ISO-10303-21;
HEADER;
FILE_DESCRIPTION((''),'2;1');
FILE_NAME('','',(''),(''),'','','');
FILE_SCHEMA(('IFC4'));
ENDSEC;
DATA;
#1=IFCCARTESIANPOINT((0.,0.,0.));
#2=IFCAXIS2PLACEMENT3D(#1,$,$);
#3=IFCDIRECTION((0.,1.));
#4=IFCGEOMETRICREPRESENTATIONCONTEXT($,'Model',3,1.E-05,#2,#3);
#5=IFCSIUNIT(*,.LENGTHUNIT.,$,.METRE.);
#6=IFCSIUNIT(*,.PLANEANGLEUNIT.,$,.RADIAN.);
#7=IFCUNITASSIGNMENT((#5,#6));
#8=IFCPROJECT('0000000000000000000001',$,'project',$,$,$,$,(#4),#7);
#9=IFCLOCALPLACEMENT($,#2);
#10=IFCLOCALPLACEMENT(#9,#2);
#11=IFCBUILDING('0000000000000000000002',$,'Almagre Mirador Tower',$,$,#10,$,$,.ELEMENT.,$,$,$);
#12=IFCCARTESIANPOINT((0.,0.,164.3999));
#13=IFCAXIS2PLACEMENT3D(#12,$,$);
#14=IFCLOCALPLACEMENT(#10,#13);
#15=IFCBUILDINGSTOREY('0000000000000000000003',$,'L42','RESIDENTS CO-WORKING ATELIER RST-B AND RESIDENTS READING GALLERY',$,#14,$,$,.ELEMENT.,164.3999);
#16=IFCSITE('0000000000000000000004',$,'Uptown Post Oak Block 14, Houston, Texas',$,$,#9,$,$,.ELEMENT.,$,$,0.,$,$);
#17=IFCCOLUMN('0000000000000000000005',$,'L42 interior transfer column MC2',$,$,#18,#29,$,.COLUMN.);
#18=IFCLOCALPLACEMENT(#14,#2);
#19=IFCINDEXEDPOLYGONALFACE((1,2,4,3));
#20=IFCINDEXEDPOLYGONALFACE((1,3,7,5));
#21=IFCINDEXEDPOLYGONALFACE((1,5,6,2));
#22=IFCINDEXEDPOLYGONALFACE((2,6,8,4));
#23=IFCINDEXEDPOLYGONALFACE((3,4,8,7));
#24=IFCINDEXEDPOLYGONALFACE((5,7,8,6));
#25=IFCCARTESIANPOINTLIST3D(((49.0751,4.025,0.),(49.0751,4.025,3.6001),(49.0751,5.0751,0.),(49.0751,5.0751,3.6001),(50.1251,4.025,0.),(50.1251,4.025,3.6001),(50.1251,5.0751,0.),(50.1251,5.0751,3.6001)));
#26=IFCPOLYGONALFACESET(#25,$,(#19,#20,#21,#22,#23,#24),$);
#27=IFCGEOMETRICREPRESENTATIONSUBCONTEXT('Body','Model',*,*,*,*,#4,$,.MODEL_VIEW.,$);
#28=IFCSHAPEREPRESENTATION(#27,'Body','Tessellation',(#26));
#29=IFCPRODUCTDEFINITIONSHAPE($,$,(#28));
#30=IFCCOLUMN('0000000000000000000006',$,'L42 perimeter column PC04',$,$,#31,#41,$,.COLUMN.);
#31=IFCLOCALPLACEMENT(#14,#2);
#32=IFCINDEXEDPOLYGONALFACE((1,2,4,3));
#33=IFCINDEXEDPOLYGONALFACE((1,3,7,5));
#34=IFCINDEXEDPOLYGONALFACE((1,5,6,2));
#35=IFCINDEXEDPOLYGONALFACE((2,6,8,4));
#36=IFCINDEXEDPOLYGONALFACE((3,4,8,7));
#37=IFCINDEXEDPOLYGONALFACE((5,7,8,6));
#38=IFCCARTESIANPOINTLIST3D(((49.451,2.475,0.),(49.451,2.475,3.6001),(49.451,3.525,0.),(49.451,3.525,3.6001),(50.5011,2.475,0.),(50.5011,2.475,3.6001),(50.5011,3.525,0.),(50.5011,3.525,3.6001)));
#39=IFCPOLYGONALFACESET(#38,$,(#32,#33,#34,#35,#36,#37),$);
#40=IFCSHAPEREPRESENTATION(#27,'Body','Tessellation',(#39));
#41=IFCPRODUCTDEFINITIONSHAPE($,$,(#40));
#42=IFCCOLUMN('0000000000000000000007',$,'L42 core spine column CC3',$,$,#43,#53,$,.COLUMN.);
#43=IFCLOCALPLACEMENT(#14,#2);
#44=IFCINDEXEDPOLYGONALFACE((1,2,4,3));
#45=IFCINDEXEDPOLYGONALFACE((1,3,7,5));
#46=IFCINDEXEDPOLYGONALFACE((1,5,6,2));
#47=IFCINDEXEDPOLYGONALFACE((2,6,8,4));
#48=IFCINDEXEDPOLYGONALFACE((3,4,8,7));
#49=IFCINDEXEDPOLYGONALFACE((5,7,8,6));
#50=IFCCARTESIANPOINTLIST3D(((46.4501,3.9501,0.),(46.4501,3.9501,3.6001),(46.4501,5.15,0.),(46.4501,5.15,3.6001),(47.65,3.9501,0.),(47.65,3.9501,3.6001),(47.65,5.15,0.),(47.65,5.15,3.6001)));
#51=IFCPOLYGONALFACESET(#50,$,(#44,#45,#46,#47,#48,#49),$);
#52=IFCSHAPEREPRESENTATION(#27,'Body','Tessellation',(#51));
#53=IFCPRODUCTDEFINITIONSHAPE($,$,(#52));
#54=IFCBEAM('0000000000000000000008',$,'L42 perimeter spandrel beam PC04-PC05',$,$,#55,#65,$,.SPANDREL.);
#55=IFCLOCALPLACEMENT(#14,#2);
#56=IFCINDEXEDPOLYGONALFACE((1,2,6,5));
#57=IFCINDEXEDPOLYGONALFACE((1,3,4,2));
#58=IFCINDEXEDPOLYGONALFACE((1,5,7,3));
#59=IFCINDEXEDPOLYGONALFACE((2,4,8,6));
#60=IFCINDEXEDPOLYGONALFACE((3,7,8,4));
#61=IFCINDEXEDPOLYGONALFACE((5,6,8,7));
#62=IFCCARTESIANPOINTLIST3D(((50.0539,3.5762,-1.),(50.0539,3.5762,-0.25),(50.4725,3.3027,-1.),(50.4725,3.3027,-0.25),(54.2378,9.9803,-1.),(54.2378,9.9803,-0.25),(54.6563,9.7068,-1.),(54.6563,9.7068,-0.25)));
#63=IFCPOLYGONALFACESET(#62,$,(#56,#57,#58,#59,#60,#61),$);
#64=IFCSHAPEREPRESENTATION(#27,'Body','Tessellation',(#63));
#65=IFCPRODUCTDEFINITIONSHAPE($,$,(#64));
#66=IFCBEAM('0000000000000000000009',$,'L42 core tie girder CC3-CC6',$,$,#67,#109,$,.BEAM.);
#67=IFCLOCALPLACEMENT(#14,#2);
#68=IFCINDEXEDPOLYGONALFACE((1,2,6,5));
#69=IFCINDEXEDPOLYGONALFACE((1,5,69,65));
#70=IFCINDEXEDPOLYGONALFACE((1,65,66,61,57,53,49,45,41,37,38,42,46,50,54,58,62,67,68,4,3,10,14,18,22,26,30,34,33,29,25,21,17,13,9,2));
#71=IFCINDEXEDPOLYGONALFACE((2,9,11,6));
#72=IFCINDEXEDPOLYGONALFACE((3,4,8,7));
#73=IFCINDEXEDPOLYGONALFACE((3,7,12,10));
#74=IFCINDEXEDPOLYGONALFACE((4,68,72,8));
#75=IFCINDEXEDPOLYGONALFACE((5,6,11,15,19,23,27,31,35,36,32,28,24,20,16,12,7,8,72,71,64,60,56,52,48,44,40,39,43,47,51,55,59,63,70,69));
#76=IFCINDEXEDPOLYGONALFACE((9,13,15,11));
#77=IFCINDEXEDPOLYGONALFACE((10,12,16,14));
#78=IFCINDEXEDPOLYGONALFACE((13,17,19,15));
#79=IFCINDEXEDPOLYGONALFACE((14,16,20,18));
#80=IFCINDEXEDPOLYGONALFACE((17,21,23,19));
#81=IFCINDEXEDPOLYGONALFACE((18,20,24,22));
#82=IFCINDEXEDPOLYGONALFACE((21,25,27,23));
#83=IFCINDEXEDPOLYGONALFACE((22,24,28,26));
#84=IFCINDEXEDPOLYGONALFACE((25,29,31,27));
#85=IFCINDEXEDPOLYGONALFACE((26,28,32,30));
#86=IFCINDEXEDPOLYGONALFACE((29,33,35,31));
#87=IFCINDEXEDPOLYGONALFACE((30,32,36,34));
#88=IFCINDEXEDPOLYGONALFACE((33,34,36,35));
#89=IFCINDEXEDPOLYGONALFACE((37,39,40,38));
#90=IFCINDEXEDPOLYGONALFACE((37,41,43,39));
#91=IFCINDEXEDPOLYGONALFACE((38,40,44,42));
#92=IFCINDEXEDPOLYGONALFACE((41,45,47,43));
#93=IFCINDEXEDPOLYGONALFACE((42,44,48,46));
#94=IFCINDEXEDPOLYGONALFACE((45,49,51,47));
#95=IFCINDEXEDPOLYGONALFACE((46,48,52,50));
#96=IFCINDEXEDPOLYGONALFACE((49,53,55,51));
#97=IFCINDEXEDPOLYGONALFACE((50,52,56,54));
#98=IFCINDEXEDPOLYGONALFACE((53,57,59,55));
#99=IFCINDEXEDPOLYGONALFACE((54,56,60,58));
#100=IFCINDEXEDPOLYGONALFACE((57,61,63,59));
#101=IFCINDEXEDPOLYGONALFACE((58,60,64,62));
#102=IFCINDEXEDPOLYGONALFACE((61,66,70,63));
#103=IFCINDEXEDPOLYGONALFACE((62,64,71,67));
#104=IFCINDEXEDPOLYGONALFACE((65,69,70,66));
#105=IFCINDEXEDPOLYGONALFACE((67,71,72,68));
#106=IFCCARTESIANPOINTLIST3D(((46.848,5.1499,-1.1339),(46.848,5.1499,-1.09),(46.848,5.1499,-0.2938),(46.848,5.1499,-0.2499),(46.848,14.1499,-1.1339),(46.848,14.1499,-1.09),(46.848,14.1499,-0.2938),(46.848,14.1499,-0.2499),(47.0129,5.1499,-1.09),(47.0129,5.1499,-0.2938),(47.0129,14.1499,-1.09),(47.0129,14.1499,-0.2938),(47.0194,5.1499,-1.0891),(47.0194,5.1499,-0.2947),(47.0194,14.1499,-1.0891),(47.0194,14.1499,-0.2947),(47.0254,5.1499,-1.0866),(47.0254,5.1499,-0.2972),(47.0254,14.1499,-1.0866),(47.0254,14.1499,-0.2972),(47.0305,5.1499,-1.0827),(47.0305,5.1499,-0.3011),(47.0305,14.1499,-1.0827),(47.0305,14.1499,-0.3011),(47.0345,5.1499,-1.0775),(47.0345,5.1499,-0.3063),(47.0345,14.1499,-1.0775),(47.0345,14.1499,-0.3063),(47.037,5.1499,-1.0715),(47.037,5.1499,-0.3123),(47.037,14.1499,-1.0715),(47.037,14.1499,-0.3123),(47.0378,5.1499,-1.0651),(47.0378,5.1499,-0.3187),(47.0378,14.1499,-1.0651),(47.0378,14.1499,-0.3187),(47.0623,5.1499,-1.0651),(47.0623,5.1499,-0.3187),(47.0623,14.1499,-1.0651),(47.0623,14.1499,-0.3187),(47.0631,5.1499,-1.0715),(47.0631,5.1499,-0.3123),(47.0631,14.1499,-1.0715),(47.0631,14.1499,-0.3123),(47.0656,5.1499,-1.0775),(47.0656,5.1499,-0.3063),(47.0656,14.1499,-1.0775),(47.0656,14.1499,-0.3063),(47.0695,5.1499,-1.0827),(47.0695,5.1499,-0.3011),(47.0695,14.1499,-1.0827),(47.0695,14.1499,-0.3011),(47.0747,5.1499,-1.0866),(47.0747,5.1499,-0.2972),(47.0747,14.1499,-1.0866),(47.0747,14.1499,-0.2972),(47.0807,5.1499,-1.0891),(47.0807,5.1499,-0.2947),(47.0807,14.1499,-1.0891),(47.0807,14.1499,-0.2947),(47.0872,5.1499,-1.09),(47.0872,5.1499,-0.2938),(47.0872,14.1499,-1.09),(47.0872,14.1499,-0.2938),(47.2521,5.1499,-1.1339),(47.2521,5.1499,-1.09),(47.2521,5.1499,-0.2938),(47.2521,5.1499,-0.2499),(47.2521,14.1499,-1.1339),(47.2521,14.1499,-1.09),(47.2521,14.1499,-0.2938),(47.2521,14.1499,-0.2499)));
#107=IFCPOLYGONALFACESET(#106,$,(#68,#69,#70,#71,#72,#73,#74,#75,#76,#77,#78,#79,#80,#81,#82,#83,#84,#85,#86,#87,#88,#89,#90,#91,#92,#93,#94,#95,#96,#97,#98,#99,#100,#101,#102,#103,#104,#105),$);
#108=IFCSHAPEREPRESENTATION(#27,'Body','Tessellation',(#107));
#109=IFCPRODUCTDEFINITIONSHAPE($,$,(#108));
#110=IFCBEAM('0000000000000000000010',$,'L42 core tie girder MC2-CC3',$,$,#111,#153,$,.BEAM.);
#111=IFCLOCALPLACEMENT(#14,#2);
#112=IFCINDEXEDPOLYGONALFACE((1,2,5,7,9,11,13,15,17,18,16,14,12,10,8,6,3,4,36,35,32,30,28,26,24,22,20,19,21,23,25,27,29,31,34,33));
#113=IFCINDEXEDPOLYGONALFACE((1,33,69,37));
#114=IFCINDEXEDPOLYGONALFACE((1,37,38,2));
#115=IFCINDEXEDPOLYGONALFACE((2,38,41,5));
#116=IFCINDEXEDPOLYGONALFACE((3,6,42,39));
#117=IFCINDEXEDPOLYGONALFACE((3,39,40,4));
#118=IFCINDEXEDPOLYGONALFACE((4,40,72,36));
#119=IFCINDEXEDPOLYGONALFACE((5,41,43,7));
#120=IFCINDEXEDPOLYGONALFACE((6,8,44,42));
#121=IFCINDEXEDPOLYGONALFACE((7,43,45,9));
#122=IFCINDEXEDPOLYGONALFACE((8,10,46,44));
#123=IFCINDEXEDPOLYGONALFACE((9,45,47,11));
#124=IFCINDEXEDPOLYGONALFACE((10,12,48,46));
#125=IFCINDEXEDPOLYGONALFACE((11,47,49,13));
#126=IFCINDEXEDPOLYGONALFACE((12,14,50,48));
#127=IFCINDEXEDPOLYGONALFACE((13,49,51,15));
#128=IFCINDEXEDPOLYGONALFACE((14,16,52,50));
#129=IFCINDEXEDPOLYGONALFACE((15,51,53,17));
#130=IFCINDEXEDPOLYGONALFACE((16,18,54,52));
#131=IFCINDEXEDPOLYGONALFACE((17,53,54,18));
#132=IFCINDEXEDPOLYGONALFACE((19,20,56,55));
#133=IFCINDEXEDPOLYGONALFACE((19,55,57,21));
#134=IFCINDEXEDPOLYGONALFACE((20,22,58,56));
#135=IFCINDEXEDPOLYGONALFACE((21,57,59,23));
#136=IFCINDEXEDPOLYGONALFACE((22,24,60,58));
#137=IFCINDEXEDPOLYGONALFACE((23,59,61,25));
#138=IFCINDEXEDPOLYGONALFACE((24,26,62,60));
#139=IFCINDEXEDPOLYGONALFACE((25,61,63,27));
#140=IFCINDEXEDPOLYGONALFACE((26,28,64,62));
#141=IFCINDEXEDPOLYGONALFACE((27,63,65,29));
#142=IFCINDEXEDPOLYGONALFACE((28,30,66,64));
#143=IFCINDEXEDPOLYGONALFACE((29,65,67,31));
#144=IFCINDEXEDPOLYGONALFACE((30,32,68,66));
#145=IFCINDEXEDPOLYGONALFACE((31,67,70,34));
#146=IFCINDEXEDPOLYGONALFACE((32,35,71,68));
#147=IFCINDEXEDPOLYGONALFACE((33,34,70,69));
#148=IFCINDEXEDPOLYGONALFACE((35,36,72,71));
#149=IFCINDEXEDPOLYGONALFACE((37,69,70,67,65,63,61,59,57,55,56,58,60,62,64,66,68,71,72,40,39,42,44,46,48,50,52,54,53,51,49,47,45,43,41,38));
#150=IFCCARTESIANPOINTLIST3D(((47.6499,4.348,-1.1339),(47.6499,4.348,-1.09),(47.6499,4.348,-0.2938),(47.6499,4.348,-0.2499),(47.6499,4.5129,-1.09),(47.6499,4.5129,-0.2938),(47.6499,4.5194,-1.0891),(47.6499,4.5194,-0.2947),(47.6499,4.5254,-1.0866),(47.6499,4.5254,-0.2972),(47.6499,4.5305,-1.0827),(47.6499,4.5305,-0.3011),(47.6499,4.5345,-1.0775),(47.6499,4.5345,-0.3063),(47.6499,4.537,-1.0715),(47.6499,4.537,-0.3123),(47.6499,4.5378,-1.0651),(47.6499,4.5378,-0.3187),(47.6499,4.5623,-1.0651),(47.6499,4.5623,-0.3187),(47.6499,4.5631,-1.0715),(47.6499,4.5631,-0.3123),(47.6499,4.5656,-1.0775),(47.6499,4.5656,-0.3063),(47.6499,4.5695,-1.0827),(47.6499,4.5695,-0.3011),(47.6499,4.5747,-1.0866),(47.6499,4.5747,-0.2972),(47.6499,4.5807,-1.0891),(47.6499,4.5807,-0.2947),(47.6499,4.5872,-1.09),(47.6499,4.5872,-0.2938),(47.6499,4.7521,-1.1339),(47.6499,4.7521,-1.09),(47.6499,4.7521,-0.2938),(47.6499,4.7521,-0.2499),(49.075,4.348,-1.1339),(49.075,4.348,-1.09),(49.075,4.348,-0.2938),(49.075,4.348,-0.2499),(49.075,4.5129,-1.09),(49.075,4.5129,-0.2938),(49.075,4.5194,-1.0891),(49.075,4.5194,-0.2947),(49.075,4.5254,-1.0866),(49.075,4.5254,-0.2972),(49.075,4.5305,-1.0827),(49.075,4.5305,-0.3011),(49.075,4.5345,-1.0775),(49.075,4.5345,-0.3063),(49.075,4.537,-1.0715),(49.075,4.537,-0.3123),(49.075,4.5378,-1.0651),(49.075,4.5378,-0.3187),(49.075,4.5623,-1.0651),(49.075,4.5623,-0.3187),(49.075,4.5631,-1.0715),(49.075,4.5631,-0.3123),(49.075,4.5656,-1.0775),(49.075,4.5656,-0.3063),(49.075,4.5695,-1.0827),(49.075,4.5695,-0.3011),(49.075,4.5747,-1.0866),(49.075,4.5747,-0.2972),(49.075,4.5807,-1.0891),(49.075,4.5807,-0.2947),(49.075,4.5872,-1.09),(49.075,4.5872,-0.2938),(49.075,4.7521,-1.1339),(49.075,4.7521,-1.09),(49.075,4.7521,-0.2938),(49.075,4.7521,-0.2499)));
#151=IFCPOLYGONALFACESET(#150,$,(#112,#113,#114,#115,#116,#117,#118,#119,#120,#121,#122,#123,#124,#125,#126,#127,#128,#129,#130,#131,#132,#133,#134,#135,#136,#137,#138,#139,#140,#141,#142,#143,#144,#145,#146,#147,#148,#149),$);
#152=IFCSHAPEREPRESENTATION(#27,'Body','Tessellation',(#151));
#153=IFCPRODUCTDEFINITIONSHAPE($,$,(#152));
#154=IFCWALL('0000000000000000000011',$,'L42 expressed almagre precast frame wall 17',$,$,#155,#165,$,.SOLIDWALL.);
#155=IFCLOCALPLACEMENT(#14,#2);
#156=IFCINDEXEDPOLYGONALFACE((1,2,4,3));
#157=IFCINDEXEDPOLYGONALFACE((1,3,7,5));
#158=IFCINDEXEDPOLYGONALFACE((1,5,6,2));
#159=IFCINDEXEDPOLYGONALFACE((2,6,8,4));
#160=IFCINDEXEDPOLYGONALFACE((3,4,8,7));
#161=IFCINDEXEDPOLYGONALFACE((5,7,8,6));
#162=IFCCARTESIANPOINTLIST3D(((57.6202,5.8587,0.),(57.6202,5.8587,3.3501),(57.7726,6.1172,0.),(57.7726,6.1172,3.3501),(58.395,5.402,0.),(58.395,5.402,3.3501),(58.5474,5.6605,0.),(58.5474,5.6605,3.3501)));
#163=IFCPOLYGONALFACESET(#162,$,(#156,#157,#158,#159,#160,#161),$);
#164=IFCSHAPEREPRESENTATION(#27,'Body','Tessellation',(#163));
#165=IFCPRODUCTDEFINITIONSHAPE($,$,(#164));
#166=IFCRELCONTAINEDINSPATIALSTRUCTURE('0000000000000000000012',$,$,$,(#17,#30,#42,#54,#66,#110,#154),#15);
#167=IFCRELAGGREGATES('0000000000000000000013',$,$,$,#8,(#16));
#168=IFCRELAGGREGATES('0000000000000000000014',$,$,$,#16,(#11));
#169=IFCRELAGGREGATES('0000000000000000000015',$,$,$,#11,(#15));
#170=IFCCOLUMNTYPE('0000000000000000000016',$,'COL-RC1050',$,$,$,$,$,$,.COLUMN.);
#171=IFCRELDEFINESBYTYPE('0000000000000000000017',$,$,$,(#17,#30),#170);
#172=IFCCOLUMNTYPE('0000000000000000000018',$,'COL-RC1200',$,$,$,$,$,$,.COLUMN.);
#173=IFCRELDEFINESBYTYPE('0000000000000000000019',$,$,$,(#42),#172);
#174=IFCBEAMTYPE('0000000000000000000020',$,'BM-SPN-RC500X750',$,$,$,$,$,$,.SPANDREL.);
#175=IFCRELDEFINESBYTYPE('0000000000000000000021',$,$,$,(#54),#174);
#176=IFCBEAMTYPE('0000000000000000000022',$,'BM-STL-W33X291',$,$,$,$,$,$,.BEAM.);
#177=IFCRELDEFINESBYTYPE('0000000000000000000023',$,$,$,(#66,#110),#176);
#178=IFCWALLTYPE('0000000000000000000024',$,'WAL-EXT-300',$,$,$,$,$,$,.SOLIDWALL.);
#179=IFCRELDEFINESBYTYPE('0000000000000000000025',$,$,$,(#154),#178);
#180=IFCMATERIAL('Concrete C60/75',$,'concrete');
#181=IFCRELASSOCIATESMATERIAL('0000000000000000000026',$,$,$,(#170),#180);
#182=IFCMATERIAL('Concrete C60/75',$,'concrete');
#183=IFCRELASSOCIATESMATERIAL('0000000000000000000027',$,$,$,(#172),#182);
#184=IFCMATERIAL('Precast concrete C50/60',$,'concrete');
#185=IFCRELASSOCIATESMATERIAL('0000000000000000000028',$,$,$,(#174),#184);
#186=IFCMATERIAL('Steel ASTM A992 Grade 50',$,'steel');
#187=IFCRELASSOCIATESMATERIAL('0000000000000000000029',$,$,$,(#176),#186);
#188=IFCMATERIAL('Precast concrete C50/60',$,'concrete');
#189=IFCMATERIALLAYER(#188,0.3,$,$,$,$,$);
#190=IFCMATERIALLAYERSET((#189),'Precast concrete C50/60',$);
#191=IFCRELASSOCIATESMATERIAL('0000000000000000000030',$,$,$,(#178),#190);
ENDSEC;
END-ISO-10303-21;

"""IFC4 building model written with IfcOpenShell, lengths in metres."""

from ifc_helpers import new_model, si_unit, direction, frame, frame_2d, origin, origin_2d, place, context, subcontext, project, spatial, rectangle, i_section, extrude, material, layer, layer_set, material_profile, profile_set, type_object, element, save


model = new_model("IFC4")

# Units and contexts
model_context = context("Model", 3, precision=1e-05, world=origin(), true_north=direction((0.0, 1.0)))
body_context = subcontext(model_context, "Body", "Model", "MODEL_VIEW")
ifc_project = project(units=[si_unit("LENGTHUNIT", "METRE"), si_unit("PLANEANGLEUNIT", "RADIAN")], contexts=[model_context])

# Site, building, storey
site_placement = place(None, origin())
site = spatial("IfcSite", under=ifc_project, at=site_placement, Name="Uptown Post Oak Block 14, Houston, Texas", CompositionType="ELEMENT", RefElevation=0.0)
building_placement = place(site_placement, origin())
building = spatial("IfcBuilding", under=site, at=building_placement, Name="Almagre Mirador Tower", CompositionType="ELEMENT")
storey_placement = place(building_placement, frame((0.0, 0.0, 164.3999)))
storey = spatial("IfcBuildingStorey", under=building, at=storey_placement, Name="L42", Description="RESIDENTS CO-WORKING ATELIER RST-B AND RESIDENTS READING GALLERY", CompositionType="ELEMENT", Elevation=164.3999)

# Columns
ifc_material_1 = material(Name="Concrete C60/75", Category="concrete")
ifc_material_profile_1 = material_profile(ifc_material_1, rectangle(XDim=1.05, YDim=1.05, at=origin_2d()), Name="RC1050X1050")
ifc_profile_set_1 = profile_set([ifc_material_profile_1], Name="Concrete C60/75")
column_type_1 = type_object("IfcColumnType", Name="COL-RC1050", PredefinedType="COLUMN", material=ifc_profile_set_1)
for number, where, z_axis, x_axis, name in (
    (1, (49.6001, 4.55, 0.0), (0.0, 0.0, 1.0), (1.0, 0.0, 0.0), "L42 interior transfer column MC2"),
    (2, (49.9761, 3.0, 0.0), (0.0, 0.0, 1.0), (1.0, 0.0, 0.0), "L42 perimeter column PC04"),
):
    element("IfcColumn", number, at=place(storey_placement, frame(where, z_axis=z_axis, x_axis=x_axis)), inside=storey, type_object=column_type_1, Name=name, PredefinedType="COLUMN", context=body_context, shape_type="SweptSolid", body=[
        extrude(rectangle(XDim=1.05, YDim=1.05, at=origin_2d()), origin(), (0.0, 0.0, 1.0), 3.6001),
    ])
ifc_material_2 = material(Name="Concrete C60/75", Category="concrete")
ifc_material_profile_2 = material_profile(ifc_material_2, rectangle(XDim=1.2, YDim=1.2, at=origin_2d()), Name="RC1200X1200")
ifc_profile_set_2 = profile_set([ifc_material_profile_2], Name="Concrete C60/75")
column_type_2 = type_object("IfcColumnType", Name="COL-RC1200", PredefinedType="COLUMN", material=ifc_profile_set_2)
column_placement = place(storey_placement, frame((47.05, 4.55, 0.0), z_axis=(0.0, 0.0, 1.0), x_axis=(1.0, 0.0, 0.0)))
element("IfcColumn", 3, at=column_placement, inside=storey, type_object=column_type_2, Name="L42 core spine column CC3", PredefinedType="COLUMN", context=body_context, shape_type="SweptSolid", body=[
    extrude(rectangle(XDim=1.2, YDim=1.2, at=origin_2d()), origin(), (0.0, 0.0, 1.0), 3.6001),
])

# Beams
ifc_material_3 = material(Name="Precast concrete C50/60", Category="concrete")
ifc_material_profile_3 = material_profile(ifc_material_3, rectangle(XDim=0.5, YDim=0.75, at=origin_2d()), Name="RC500X750")
ifc_profile_set_3 = profile_set([ifc_material_profile_3], Name="Precast concrete C50/60")
beam_type_1 = type_object("IfcBeamType", Name="BM-SPN-RC500X750", PredefinedType="SPANDREL", material=ifc_profile_set_3)
beam_1_placement = place(storey_placement, frame((50.2632, 3.4395, -0.625), z_axis=(0.546935, 0.837175, 0.0), x_axis=(-0.837175, 0.546935, 0.0)))
element("IfcBeam", 4, at=beam_1_placement, inside=storey, type_object=beam_type_1, Name="L42 perimeter spandrel beam PC04-PC05", PredefinedType="SPANDREL", context=body_context, shape_type="SweptSolid", body=[
    extrude(rectangle(XDim=0.5, YDim=0.75, at=origin_2d()), origin(), (0.0, 0.0, 1.0), 7.6497),
])
ifc_material_4 = material(Name="Steel ASTM A992 Grade 50", Category="steel")
ifc_material_profile_4 = material_profile(ifc_material_4, i_section(OverallWidth=0.4041, OverallDepth=0.884, WebThickness=0.0244, FlangeThickness=0.0439, FilletRadius=0.0249, at=origin_2d()), Name="W33X291")
ifc_profile_set_4 = profile_set([ifc_material_profile_4], Name="Steel ASTM A992 Grade 50")
beam_type_2 = type_object("IfcBeamType", Name="BM-STL-W33X291", PredefinedType="BEAM", material=ifc_profile_set_4)
beam_2_placement = place(storey_placement, frame((47.05, 5.1499, -0.6919), z_axis=(0.0, 1.0, 0.0), x_axis=(-1.0, 0.0, 0.0)))
element("IfcBeam", 5, at=beam_2_placement, inside=storey, type_object=beam_type_2, Name="L42 core tie girder CC3-CC6", PredefinedType="BEAM", context=body_context, shape_type="SweptSolid", body=[
    extrude(i_section(OverallWidth=0.4041, OverallDepth=0.884, WebThickness=0.0244, FlangeThickness=0.0439, FilletRadius=0.0249, at=origin_2d()), origin(), (0.0, 0.0, 1.0), 9.0),
])
beam_3_placement = place(storey_placement, frame((49.075, 4.55, -0.6919), z_axis=(-1.0, 0.0, 0.0), x_axis=(0.0, -1.0, 0.0)))
element("IfcBeam", 6, at=beam_3_placement, inside=storey, type_object=beam_type_2, Name="L42 core tie girder MC2-CC3", PredefinedType="BEAM", context=body_context, shape_type="SweptSolid", body=[
    extrude(i_section(OverallWidth=0.4041, OverallDepth=0.884, WebThickness=0.0244, FlangeThickness=0.0439, FilletRadius=0.0249, at=origin_2d()), origin(), (0.0, 0.0, 1.0), 1.425),
])

# Wall
ifc_material_5 = material(Name="Precast concrete C50/60", Category="concrete")
ifc_layer_1 = layer(ifc_material_5, 0.3)
ifc_layer_set_1 = layer_set([ifc_layer_1], Name="Precast concrete C50/60")
wall_type_1 = type_object("IfcWallType", Name="WAL-EXT-300", PredefinedType="SOLIDWALL", material=ifc_layer_set_1)
wall_1_placement = place(storey_placement, frame((58.4712, 5.5312, 0.0), z_axis=(0.0, 0.0, 1.0), x_axis=(-0.861466, 0.507815, 0.0)))
element("IfcWall", 7, at=wall_1_placement, inside=storey, type_object=wall_type_1, Name="L42 expressed almagre precast frame wall 17", PredefinedType="SOLIDWALL", context=body_context, shape_type="SweptSolid", body=[
    extrude(rectangle(XDim=0.8994, YDim=0.3, at=frame_2d((0.4497, 0.0))), origin(), (0.0, 0.0, 1.0), 3.3501),
])

save(model, "model.ifc")
